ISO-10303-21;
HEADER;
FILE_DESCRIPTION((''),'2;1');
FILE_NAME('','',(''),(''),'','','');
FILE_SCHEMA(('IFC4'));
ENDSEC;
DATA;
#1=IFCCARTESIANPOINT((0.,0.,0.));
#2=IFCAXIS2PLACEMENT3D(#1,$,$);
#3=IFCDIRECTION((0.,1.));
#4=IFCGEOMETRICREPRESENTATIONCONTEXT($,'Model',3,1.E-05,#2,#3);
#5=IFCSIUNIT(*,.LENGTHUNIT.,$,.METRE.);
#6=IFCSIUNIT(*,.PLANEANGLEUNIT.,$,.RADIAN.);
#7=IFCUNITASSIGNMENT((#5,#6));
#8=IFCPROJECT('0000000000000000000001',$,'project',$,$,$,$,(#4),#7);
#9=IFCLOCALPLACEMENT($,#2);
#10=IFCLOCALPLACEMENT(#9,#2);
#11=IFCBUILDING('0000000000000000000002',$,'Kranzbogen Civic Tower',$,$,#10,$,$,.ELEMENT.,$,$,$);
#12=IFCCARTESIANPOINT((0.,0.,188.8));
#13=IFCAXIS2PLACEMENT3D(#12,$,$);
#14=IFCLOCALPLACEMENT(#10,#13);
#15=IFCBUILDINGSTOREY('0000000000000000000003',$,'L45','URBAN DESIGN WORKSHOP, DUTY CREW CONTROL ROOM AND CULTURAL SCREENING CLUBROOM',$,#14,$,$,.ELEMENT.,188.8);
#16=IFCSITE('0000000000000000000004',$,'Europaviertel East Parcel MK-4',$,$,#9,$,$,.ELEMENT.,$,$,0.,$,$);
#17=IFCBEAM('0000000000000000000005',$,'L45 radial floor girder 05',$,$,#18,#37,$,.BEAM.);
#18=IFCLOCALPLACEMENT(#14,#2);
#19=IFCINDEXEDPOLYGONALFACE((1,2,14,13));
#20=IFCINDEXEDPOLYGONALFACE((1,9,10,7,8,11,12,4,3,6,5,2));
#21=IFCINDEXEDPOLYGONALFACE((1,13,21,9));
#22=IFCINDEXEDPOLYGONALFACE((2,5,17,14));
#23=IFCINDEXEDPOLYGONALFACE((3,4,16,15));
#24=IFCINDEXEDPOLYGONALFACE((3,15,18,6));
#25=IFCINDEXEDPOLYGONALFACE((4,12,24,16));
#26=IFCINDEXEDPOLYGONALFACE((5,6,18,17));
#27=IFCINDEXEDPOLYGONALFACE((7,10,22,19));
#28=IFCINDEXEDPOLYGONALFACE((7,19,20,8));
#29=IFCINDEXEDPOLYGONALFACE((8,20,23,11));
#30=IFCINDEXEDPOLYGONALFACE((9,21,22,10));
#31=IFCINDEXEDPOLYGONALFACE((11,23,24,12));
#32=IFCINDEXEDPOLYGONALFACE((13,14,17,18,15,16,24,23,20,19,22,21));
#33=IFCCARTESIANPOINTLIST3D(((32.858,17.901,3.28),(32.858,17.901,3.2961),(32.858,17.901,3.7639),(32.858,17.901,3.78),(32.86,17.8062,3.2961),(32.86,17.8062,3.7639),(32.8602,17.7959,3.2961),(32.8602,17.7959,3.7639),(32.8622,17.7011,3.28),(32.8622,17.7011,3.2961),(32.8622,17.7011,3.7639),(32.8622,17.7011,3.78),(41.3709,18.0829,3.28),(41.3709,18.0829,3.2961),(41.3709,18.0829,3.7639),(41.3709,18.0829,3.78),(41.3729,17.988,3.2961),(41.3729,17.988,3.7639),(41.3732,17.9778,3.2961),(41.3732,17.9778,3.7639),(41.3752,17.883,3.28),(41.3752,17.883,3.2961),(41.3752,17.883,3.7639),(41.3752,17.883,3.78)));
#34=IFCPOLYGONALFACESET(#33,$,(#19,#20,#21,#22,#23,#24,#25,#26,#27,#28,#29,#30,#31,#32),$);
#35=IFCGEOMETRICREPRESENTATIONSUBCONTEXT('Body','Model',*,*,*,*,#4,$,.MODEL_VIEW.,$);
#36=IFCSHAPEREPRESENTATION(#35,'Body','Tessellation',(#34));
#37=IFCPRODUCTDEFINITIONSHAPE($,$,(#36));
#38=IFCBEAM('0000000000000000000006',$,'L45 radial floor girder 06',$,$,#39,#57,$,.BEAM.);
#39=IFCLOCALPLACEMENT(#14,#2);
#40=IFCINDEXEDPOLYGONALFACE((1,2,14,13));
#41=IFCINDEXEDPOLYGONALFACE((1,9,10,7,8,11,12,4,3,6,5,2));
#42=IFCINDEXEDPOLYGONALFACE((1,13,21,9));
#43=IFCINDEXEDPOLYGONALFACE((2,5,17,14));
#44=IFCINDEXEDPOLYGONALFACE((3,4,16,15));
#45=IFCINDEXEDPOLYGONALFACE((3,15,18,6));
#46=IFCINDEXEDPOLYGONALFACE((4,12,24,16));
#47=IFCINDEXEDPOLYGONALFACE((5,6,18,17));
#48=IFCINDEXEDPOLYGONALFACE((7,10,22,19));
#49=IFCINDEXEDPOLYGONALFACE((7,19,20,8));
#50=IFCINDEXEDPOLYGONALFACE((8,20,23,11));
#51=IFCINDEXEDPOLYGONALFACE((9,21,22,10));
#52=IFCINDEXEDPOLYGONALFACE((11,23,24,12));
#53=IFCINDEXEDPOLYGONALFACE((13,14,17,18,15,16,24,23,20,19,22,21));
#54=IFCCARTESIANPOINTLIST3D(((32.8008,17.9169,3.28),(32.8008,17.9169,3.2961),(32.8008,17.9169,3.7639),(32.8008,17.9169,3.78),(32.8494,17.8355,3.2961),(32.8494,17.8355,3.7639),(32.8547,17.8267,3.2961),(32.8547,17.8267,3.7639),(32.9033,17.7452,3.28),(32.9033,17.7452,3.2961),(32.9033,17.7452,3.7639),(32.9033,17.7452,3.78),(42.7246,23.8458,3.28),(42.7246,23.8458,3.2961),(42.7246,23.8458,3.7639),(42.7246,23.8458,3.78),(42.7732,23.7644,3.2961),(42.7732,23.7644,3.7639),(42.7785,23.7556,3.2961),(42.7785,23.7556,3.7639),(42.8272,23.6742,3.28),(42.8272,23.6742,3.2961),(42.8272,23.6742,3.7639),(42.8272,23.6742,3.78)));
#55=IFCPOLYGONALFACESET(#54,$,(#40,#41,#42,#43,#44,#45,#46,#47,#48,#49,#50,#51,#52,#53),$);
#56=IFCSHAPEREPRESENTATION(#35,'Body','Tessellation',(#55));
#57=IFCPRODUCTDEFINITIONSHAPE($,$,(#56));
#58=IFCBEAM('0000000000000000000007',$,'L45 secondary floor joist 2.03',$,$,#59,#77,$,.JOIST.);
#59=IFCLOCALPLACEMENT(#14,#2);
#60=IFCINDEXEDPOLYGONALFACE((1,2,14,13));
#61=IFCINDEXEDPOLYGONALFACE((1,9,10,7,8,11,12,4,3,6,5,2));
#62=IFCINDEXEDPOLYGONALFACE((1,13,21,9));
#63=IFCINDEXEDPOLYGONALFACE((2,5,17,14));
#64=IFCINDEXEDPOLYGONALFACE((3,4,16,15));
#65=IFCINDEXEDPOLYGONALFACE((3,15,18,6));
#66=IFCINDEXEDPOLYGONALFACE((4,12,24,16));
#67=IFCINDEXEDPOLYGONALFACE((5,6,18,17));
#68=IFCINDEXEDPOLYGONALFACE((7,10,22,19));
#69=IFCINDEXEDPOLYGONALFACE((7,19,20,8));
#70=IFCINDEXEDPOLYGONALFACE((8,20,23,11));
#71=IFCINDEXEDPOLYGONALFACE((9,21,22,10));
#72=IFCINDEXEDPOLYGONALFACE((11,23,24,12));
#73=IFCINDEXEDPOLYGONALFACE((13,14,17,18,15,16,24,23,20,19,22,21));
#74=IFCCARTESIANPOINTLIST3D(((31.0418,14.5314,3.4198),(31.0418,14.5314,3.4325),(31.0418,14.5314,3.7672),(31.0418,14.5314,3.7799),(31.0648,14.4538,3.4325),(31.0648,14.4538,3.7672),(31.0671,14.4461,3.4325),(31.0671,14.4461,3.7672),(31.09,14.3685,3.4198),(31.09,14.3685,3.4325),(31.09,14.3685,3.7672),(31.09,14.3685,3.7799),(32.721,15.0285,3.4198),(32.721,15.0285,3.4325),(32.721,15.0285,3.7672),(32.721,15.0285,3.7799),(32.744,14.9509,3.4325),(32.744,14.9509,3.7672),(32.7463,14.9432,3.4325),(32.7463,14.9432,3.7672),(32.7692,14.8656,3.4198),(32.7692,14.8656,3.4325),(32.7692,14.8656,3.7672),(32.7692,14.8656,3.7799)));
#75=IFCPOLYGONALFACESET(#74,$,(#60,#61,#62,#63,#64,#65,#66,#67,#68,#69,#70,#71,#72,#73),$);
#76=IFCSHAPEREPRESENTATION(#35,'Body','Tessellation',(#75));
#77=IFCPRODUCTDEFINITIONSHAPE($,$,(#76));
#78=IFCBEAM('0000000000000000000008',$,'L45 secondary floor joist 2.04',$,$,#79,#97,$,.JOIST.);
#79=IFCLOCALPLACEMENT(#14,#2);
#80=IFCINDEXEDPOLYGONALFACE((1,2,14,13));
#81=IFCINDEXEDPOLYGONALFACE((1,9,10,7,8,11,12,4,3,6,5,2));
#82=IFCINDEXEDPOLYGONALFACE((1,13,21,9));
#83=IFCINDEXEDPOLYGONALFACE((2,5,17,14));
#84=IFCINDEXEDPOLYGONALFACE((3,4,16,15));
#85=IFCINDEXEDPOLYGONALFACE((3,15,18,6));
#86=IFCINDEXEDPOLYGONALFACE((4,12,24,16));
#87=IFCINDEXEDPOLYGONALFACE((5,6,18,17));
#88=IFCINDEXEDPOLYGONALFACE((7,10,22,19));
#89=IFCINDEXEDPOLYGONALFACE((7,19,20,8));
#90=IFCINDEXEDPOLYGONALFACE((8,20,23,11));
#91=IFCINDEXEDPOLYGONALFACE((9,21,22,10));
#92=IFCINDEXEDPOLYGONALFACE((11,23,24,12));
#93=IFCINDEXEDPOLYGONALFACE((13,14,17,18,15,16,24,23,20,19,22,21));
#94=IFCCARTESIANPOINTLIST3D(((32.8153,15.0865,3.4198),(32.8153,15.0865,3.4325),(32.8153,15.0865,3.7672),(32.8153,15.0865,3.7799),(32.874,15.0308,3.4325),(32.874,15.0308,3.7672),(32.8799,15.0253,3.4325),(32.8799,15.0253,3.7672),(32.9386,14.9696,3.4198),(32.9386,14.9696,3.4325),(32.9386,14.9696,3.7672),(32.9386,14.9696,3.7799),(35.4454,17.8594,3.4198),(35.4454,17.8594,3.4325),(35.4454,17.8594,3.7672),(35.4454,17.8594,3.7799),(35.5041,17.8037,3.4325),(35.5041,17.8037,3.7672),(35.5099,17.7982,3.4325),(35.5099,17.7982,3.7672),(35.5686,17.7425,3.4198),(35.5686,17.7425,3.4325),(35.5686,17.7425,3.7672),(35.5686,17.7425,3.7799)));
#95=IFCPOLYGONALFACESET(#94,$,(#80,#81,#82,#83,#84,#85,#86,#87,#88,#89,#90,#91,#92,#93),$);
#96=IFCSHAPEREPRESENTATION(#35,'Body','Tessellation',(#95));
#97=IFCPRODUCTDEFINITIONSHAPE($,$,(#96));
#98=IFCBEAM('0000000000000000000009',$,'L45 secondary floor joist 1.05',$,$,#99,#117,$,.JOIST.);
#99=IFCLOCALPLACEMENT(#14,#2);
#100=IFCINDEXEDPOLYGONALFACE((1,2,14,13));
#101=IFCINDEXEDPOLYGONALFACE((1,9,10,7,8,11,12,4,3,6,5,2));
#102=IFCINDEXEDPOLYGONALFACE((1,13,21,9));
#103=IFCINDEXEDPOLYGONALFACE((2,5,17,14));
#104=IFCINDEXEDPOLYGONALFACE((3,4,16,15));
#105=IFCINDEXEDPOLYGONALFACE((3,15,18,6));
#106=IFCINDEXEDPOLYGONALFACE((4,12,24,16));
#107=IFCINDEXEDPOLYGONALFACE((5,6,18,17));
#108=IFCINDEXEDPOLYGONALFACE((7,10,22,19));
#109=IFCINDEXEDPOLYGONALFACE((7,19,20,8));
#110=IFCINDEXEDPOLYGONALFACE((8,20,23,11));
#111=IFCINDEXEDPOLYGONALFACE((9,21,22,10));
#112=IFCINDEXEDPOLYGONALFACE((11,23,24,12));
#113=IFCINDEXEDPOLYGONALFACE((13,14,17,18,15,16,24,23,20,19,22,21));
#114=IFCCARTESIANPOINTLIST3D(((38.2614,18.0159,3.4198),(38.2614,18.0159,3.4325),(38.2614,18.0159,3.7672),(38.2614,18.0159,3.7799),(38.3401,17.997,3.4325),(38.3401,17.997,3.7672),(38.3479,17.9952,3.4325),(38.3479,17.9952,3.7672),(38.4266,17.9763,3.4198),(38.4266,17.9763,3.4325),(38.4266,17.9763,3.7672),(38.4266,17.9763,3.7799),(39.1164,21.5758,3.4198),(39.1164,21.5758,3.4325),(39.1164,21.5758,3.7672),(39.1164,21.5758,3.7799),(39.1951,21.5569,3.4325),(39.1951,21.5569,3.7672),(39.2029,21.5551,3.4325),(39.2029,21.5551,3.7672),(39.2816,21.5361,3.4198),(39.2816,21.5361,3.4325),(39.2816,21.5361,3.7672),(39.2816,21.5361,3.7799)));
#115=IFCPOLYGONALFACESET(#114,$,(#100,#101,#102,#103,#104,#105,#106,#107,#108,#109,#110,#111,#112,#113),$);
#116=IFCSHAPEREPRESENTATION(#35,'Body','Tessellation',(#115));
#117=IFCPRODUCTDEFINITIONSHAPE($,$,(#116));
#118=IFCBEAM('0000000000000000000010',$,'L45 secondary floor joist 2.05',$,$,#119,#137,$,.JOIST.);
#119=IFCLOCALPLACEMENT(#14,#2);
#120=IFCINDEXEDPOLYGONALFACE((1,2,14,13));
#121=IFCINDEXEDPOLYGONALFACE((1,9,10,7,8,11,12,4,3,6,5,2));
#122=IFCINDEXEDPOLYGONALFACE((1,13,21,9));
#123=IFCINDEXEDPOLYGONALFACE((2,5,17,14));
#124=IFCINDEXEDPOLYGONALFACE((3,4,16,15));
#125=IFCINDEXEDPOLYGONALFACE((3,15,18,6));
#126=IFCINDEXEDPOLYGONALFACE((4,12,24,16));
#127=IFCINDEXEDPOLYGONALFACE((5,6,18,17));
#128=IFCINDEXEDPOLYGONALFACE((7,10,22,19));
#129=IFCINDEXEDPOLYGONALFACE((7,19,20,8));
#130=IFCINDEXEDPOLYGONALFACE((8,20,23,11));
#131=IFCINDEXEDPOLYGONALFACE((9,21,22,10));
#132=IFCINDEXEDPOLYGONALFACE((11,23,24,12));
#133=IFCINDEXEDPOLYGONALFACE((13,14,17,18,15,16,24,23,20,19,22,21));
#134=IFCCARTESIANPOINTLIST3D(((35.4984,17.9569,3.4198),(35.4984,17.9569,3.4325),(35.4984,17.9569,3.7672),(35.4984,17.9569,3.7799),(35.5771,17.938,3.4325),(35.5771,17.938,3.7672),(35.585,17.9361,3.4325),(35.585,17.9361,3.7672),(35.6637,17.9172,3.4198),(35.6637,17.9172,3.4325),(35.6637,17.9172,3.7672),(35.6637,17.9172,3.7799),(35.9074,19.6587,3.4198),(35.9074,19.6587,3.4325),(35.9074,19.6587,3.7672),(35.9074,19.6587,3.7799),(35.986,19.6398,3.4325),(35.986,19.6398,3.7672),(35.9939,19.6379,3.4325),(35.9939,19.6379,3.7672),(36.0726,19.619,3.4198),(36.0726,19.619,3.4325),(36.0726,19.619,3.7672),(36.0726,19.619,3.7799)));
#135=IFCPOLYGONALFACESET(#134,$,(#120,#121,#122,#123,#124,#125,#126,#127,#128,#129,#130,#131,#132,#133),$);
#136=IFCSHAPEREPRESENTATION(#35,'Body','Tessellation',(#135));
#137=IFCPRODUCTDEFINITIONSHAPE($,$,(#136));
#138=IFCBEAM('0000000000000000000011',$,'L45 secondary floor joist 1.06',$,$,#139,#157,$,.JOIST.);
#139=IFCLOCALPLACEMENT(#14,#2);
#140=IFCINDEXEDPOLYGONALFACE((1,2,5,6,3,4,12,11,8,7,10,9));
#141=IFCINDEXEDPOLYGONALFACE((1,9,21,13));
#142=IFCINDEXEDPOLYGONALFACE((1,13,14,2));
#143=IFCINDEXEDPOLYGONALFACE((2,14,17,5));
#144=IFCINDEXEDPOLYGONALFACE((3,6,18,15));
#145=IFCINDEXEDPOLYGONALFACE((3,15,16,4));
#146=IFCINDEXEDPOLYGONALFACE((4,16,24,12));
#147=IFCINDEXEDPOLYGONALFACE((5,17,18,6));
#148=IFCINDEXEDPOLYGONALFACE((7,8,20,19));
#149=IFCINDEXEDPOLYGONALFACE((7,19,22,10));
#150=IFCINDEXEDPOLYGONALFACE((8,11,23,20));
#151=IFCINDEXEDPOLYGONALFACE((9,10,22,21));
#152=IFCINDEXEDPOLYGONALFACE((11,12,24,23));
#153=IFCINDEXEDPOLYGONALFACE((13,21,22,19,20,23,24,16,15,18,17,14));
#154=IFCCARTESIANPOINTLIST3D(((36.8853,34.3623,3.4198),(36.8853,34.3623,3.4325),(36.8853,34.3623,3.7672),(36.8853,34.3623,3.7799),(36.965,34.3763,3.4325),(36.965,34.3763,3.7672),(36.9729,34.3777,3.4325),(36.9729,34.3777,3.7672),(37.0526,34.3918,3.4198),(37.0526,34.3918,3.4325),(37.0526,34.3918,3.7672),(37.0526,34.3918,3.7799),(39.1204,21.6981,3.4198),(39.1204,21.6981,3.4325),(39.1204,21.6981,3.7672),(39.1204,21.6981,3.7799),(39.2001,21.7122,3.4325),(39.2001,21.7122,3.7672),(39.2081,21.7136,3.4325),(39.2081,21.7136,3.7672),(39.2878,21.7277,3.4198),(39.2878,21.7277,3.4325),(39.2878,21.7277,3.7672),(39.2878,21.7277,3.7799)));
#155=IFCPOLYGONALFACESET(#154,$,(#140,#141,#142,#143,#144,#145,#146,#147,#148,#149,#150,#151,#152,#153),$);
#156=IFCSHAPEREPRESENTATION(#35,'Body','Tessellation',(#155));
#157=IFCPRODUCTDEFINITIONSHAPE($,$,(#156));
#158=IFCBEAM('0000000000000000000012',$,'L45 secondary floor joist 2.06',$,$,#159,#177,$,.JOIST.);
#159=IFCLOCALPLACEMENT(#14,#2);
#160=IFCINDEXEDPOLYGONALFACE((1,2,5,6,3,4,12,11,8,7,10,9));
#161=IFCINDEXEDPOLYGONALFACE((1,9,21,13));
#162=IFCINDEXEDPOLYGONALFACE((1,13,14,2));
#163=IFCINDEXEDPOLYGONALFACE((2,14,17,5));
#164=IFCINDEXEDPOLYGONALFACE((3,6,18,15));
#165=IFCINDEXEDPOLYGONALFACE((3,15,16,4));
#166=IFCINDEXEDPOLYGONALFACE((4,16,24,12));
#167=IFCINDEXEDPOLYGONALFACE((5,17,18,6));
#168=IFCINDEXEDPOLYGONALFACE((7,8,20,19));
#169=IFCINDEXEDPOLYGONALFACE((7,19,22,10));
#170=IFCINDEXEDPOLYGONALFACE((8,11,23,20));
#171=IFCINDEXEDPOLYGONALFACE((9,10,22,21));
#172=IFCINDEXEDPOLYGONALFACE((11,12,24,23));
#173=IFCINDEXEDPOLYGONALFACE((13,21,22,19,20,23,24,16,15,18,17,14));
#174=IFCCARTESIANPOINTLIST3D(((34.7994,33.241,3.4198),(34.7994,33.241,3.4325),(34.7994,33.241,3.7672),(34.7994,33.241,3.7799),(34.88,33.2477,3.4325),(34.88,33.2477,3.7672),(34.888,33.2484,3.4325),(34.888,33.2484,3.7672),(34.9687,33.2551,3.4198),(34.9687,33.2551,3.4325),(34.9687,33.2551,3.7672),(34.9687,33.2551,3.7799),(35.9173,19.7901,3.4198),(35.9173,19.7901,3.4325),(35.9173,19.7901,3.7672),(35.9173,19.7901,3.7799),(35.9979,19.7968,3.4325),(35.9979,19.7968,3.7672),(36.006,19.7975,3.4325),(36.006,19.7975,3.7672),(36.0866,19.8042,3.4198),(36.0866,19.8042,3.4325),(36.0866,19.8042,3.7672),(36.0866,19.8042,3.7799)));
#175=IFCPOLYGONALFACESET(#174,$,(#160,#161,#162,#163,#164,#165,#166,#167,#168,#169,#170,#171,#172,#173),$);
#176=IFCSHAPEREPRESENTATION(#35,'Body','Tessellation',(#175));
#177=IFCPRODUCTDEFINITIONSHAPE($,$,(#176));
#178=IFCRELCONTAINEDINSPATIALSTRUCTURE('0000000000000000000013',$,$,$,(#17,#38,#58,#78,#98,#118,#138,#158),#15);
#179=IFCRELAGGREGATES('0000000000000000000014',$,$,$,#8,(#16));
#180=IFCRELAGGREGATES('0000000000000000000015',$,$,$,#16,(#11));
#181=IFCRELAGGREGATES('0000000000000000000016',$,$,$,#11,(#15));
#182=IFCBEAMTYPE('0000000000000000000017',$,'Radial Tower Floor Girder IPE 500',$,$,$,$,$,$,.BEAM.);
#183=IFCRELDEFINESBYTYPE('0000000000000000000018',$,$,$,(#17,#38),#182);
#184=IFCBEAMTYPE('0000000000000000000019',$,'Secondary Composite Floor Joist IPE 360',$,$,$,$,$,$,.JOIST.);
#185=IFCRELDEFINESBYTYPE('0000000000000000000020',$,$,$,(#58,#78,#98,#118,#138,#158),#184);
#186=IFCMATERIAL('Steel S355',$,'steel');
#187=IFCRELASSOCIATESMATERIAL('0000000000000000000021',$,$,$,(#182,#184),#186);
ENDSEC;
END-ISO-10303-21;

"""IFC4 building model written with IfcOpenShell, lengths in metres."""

from ifc_helpers import new_model, si_unit, direction, frame, origin, origin_2d, place, context, subcontext, project, spatial, i_section, extrude, material, material_profile, profile_set, type_object, element, save


model = new_model("IFC4")

# Units and contexts
model_context = context("Model", 3, precision=1e-05, world=origin(), true_north=direction((0.0, 1.0)))
body_context = subcontext(model_context, "Body", "Model", "MODEL_VIEW")
ifc_project = project(units=[si_unit("LENGTHUNIT", "METRE"), si_unit("PLANEANGLEUNIT", "RADIAN")], contexts=[model_context])

# Site, building, storey
site_placement = place(None, origin())
site = spatial("IfcSite", under=ifc_project, at=site_placement, Name="Europaviertel East Parcel MK-4", CompositionType="ELEMENT", RefElevation=0.0)
building_placement = place(site_placement, origin())
building = spatial("IfcBuilding", under=site, at=building_placement, Name="Kranzbogen Civic Tower", CompositionType="ELEMENT")
storey_placement = place(building_placement, frame((0.0, 0.0, 188.8)))
storey = spatial("IfcBuildingStorey", under=building, at=storey_placement, Name="L45", Description="URBAN DESIGN WORKSHOP, DUTY CREW CONTROL ROOM AND CULTURAL SCREENING CLUBROOM", CompositionType="ELEMENT", Elevation=188.8)

# Shared definitions
ifc_material_1 = material(Name="Steel S355", Category="steel")

# Beams
ifc_material_profile_1 = material_profile(ifc_material_1, i_section(OverallWidth=0.2, OverallDepth=0.5, WebThickness=0.0103, FlangeThickness=0.0161, at=origin_2d()), Name="IPE 500")
ifc_profile_set_1 = profile_set([ifc_material_profile_1], Name="Steel S355")
beam_type_1 = type_object("IfcBeamType", Name="Radial Tower Floor Girder IPE 500", PredefinedType="BEAM", material=ifc_profile_set_1)
beam_1_placement = place(storey_placement, frame((41.373, 17.9829, 3.53), z_axis=(-0.999772, -0.021361, 0.0), x_axis=(0.021361, -0.999772, 0.0)))
element("IfcBeam", 1, at=beam_1_placement, inside=storey, type_object=beam_type_1, Name="L45 radial floor girder 05", PredefinedType="BEAM", context=body_context, shape_type="SweptSolid", body=[
    extrude(i_section(OverallWidth=0.2, OverallDepth=0.5, WebThickness=0.0103, FlangeThickness=0.0161, at=origin_2d()), origin(), (0.0, 0.0, 1.0), 8.5149),
])
beam_2_placement = place(storey_placement, frame((42.7759, 23.76, 3.53), z_axis=(-0.858459, -0.512883, 0.0), x_axis=(0.512883, -0.858459, 0.0)))
element("IfcBeam", 2, at=beam_2_placement, inside=storey, type_object=beam_type_1, Name="L45 radial floor girder 06", PredefinedType="BEAM", context=body_context, shape_type="SweptSolid", body=[
    extrude(i_section(OverallWidth=0.2, OverallDepth=0.5, WebThickness=0.0103, FlangeThickness=0.0161, at=origin_2d()), origin(), (0.0, 0.0, 1.0), 11.5601),
])
ifc_material_profile_2 = material_profile(ifc_material_1, i_section(OverallWidth=0.1699, OverallDepth=0.3601, WebThickness=0.0081, FlangeThickness=0.0127, at=origin_2d()), Name="IPE 360")
ifc_profile_set_2 = profile_set([ifc_material_profile_2], Name="Steel S355")
beam_type_2 = type_object("IfcBeamType", Name="Secondary Composite Floor Joist IPE 360", PredefinedType="JOIST", material=ifc_profile_set_2)
beam_3_placement = place(storey_placement, frame((31.0659, 14.45, 3.5999), z_axis=(0.958871, 0.283841, 0.0), x_axis=(-0.283841, 0.958871, 0.0)))
element("IfcBeam", 3, at=beam_3_placement, inside=storey, type_object=beam_type_2, Name="L45 secondary floor joist 2.03", PredefinedType="JOIST", context=body_context, shape_type="SweptSolid", body=[
    extrude(i_section(OverallWidth=0.1699, OverallDepth=0.3601, WebThickness=0.0081, FlangeThickness=0.0127, at=origin_2d()), origin(), (0.0, 0.0, 1.0), 1.7512),
])
beam_4_placement = place(storey_placement, frame((32.877, 15.0281, 3.5999), z_axis=(0.688175, 0.725545, 0.0), x_axis=(-0.725545, 0.688175, 0.0)))
element("IfcBeam", 4, at=beam_4_placement, inside=storey, type_object=beam_type_2, Name="L45 secondary floor joist 2.04", PredefinedType="JOIST", context=body_context, shape_type="SweptSolid", body=[
    extrude(i_section(OverallWidth=0.1699, OverallDepth=0.3601, WebThickness=0.0081, FlangeThickness=0.0127, at=origin_2d()), origin(), (0.0, 0.0, 1.0), 3.8218),
])
beam_5_placement = place(storey_placement, frame((38.344, 17.9961, 3.5999), z_axis=(0.233534, 0.972349, 0.0), x_axis=(-0.972349, 0.233534, 0.0)))
element("IfcBeam", 5, at=beam_5_placement, inside=storey, type_object=beam_type_2, Name="L45 secondary floor joist 1.05", PredefinedType="JOIST", context=body_context, shape_type="SweptSolid", body=[
    extrude(i_section(OverallWidth=0.1699, OverallDepth=0.3601, WebThickness=0.0081, FlangeThickness=0.0127, at=origin_2d()), origin(), (0.0, 0.0, 1.0), 3.6611),
])
beam_6_placement = place(storey_placement, frame((35.5811, 17.937, 3.5999), z_axis=(0.233631, 0.972325, 0.0), x_axis=(-0.972325, 0.233631, 0.0)))
element("IfcBeam", 6, at=beam_6_placement, inside=storey, type_object=beam_type_2, Name="L45 secondary floor joist 2.05", PredefinedType="JOIST", context=body_context, shape_type="SweptSolid", body=[
    extrude(i_section(OverallWidth=0.1699, OverallDepth=0.3601, WebThickness=0.0081, FlangeThickness=0.0127, at=origin_2d()), origin(), (0.0, 0.0, 1.0), 1.7502),
])
beam_7_placement = place(storey_placement, frame((39.2041, 21.7129, 3.5999), z_axis=(-0.173806, 0.98478, 0.0), x_axis=(-0.98478, -0.173806, 0.0)))
element("IfcBeam", 7, at=beam_7_placement, inside=storey, type_object=beam_type_2, Name="L45 secondary floor joist 1.06", PredefinedType="JOIST", context=body_context, shape_type="SweptSolid", body=[
    extrude(i_section(OverallWidth=0.1699, OverallDepth=0.3601, WebThickness=0.0081, FlangeThickness=0.0127, at=origin_2d()), origin(), (0.0, 0.0, 1.0), 12.8599),
])
beam_8_placement = place(storey_placement, frame((36.002, 19.7971, 3.5999), z_axis=(-0.082825, 0.996564, 0.0), x_axis=(-0.996564, -0.082825, 0.0)))
element("IfcBeam", 8, at=beam_8_placement, inside=storey, type_object=beam_type_2, Name="L45 secondary floor joist 2.06", PredefinedType="JOIST", context=body_context, shape_type="SweptSolid", body=[
    extrude(i_section(OverallWidth=0.1699, OverallDepth=0.3601, WebThickness=0.0081, FlangeThickness=0.0127, at=origin_2d()), origin(), (0.0, 0.0, 1.0), 13.4973),
])

save(model, "model.ifc")
